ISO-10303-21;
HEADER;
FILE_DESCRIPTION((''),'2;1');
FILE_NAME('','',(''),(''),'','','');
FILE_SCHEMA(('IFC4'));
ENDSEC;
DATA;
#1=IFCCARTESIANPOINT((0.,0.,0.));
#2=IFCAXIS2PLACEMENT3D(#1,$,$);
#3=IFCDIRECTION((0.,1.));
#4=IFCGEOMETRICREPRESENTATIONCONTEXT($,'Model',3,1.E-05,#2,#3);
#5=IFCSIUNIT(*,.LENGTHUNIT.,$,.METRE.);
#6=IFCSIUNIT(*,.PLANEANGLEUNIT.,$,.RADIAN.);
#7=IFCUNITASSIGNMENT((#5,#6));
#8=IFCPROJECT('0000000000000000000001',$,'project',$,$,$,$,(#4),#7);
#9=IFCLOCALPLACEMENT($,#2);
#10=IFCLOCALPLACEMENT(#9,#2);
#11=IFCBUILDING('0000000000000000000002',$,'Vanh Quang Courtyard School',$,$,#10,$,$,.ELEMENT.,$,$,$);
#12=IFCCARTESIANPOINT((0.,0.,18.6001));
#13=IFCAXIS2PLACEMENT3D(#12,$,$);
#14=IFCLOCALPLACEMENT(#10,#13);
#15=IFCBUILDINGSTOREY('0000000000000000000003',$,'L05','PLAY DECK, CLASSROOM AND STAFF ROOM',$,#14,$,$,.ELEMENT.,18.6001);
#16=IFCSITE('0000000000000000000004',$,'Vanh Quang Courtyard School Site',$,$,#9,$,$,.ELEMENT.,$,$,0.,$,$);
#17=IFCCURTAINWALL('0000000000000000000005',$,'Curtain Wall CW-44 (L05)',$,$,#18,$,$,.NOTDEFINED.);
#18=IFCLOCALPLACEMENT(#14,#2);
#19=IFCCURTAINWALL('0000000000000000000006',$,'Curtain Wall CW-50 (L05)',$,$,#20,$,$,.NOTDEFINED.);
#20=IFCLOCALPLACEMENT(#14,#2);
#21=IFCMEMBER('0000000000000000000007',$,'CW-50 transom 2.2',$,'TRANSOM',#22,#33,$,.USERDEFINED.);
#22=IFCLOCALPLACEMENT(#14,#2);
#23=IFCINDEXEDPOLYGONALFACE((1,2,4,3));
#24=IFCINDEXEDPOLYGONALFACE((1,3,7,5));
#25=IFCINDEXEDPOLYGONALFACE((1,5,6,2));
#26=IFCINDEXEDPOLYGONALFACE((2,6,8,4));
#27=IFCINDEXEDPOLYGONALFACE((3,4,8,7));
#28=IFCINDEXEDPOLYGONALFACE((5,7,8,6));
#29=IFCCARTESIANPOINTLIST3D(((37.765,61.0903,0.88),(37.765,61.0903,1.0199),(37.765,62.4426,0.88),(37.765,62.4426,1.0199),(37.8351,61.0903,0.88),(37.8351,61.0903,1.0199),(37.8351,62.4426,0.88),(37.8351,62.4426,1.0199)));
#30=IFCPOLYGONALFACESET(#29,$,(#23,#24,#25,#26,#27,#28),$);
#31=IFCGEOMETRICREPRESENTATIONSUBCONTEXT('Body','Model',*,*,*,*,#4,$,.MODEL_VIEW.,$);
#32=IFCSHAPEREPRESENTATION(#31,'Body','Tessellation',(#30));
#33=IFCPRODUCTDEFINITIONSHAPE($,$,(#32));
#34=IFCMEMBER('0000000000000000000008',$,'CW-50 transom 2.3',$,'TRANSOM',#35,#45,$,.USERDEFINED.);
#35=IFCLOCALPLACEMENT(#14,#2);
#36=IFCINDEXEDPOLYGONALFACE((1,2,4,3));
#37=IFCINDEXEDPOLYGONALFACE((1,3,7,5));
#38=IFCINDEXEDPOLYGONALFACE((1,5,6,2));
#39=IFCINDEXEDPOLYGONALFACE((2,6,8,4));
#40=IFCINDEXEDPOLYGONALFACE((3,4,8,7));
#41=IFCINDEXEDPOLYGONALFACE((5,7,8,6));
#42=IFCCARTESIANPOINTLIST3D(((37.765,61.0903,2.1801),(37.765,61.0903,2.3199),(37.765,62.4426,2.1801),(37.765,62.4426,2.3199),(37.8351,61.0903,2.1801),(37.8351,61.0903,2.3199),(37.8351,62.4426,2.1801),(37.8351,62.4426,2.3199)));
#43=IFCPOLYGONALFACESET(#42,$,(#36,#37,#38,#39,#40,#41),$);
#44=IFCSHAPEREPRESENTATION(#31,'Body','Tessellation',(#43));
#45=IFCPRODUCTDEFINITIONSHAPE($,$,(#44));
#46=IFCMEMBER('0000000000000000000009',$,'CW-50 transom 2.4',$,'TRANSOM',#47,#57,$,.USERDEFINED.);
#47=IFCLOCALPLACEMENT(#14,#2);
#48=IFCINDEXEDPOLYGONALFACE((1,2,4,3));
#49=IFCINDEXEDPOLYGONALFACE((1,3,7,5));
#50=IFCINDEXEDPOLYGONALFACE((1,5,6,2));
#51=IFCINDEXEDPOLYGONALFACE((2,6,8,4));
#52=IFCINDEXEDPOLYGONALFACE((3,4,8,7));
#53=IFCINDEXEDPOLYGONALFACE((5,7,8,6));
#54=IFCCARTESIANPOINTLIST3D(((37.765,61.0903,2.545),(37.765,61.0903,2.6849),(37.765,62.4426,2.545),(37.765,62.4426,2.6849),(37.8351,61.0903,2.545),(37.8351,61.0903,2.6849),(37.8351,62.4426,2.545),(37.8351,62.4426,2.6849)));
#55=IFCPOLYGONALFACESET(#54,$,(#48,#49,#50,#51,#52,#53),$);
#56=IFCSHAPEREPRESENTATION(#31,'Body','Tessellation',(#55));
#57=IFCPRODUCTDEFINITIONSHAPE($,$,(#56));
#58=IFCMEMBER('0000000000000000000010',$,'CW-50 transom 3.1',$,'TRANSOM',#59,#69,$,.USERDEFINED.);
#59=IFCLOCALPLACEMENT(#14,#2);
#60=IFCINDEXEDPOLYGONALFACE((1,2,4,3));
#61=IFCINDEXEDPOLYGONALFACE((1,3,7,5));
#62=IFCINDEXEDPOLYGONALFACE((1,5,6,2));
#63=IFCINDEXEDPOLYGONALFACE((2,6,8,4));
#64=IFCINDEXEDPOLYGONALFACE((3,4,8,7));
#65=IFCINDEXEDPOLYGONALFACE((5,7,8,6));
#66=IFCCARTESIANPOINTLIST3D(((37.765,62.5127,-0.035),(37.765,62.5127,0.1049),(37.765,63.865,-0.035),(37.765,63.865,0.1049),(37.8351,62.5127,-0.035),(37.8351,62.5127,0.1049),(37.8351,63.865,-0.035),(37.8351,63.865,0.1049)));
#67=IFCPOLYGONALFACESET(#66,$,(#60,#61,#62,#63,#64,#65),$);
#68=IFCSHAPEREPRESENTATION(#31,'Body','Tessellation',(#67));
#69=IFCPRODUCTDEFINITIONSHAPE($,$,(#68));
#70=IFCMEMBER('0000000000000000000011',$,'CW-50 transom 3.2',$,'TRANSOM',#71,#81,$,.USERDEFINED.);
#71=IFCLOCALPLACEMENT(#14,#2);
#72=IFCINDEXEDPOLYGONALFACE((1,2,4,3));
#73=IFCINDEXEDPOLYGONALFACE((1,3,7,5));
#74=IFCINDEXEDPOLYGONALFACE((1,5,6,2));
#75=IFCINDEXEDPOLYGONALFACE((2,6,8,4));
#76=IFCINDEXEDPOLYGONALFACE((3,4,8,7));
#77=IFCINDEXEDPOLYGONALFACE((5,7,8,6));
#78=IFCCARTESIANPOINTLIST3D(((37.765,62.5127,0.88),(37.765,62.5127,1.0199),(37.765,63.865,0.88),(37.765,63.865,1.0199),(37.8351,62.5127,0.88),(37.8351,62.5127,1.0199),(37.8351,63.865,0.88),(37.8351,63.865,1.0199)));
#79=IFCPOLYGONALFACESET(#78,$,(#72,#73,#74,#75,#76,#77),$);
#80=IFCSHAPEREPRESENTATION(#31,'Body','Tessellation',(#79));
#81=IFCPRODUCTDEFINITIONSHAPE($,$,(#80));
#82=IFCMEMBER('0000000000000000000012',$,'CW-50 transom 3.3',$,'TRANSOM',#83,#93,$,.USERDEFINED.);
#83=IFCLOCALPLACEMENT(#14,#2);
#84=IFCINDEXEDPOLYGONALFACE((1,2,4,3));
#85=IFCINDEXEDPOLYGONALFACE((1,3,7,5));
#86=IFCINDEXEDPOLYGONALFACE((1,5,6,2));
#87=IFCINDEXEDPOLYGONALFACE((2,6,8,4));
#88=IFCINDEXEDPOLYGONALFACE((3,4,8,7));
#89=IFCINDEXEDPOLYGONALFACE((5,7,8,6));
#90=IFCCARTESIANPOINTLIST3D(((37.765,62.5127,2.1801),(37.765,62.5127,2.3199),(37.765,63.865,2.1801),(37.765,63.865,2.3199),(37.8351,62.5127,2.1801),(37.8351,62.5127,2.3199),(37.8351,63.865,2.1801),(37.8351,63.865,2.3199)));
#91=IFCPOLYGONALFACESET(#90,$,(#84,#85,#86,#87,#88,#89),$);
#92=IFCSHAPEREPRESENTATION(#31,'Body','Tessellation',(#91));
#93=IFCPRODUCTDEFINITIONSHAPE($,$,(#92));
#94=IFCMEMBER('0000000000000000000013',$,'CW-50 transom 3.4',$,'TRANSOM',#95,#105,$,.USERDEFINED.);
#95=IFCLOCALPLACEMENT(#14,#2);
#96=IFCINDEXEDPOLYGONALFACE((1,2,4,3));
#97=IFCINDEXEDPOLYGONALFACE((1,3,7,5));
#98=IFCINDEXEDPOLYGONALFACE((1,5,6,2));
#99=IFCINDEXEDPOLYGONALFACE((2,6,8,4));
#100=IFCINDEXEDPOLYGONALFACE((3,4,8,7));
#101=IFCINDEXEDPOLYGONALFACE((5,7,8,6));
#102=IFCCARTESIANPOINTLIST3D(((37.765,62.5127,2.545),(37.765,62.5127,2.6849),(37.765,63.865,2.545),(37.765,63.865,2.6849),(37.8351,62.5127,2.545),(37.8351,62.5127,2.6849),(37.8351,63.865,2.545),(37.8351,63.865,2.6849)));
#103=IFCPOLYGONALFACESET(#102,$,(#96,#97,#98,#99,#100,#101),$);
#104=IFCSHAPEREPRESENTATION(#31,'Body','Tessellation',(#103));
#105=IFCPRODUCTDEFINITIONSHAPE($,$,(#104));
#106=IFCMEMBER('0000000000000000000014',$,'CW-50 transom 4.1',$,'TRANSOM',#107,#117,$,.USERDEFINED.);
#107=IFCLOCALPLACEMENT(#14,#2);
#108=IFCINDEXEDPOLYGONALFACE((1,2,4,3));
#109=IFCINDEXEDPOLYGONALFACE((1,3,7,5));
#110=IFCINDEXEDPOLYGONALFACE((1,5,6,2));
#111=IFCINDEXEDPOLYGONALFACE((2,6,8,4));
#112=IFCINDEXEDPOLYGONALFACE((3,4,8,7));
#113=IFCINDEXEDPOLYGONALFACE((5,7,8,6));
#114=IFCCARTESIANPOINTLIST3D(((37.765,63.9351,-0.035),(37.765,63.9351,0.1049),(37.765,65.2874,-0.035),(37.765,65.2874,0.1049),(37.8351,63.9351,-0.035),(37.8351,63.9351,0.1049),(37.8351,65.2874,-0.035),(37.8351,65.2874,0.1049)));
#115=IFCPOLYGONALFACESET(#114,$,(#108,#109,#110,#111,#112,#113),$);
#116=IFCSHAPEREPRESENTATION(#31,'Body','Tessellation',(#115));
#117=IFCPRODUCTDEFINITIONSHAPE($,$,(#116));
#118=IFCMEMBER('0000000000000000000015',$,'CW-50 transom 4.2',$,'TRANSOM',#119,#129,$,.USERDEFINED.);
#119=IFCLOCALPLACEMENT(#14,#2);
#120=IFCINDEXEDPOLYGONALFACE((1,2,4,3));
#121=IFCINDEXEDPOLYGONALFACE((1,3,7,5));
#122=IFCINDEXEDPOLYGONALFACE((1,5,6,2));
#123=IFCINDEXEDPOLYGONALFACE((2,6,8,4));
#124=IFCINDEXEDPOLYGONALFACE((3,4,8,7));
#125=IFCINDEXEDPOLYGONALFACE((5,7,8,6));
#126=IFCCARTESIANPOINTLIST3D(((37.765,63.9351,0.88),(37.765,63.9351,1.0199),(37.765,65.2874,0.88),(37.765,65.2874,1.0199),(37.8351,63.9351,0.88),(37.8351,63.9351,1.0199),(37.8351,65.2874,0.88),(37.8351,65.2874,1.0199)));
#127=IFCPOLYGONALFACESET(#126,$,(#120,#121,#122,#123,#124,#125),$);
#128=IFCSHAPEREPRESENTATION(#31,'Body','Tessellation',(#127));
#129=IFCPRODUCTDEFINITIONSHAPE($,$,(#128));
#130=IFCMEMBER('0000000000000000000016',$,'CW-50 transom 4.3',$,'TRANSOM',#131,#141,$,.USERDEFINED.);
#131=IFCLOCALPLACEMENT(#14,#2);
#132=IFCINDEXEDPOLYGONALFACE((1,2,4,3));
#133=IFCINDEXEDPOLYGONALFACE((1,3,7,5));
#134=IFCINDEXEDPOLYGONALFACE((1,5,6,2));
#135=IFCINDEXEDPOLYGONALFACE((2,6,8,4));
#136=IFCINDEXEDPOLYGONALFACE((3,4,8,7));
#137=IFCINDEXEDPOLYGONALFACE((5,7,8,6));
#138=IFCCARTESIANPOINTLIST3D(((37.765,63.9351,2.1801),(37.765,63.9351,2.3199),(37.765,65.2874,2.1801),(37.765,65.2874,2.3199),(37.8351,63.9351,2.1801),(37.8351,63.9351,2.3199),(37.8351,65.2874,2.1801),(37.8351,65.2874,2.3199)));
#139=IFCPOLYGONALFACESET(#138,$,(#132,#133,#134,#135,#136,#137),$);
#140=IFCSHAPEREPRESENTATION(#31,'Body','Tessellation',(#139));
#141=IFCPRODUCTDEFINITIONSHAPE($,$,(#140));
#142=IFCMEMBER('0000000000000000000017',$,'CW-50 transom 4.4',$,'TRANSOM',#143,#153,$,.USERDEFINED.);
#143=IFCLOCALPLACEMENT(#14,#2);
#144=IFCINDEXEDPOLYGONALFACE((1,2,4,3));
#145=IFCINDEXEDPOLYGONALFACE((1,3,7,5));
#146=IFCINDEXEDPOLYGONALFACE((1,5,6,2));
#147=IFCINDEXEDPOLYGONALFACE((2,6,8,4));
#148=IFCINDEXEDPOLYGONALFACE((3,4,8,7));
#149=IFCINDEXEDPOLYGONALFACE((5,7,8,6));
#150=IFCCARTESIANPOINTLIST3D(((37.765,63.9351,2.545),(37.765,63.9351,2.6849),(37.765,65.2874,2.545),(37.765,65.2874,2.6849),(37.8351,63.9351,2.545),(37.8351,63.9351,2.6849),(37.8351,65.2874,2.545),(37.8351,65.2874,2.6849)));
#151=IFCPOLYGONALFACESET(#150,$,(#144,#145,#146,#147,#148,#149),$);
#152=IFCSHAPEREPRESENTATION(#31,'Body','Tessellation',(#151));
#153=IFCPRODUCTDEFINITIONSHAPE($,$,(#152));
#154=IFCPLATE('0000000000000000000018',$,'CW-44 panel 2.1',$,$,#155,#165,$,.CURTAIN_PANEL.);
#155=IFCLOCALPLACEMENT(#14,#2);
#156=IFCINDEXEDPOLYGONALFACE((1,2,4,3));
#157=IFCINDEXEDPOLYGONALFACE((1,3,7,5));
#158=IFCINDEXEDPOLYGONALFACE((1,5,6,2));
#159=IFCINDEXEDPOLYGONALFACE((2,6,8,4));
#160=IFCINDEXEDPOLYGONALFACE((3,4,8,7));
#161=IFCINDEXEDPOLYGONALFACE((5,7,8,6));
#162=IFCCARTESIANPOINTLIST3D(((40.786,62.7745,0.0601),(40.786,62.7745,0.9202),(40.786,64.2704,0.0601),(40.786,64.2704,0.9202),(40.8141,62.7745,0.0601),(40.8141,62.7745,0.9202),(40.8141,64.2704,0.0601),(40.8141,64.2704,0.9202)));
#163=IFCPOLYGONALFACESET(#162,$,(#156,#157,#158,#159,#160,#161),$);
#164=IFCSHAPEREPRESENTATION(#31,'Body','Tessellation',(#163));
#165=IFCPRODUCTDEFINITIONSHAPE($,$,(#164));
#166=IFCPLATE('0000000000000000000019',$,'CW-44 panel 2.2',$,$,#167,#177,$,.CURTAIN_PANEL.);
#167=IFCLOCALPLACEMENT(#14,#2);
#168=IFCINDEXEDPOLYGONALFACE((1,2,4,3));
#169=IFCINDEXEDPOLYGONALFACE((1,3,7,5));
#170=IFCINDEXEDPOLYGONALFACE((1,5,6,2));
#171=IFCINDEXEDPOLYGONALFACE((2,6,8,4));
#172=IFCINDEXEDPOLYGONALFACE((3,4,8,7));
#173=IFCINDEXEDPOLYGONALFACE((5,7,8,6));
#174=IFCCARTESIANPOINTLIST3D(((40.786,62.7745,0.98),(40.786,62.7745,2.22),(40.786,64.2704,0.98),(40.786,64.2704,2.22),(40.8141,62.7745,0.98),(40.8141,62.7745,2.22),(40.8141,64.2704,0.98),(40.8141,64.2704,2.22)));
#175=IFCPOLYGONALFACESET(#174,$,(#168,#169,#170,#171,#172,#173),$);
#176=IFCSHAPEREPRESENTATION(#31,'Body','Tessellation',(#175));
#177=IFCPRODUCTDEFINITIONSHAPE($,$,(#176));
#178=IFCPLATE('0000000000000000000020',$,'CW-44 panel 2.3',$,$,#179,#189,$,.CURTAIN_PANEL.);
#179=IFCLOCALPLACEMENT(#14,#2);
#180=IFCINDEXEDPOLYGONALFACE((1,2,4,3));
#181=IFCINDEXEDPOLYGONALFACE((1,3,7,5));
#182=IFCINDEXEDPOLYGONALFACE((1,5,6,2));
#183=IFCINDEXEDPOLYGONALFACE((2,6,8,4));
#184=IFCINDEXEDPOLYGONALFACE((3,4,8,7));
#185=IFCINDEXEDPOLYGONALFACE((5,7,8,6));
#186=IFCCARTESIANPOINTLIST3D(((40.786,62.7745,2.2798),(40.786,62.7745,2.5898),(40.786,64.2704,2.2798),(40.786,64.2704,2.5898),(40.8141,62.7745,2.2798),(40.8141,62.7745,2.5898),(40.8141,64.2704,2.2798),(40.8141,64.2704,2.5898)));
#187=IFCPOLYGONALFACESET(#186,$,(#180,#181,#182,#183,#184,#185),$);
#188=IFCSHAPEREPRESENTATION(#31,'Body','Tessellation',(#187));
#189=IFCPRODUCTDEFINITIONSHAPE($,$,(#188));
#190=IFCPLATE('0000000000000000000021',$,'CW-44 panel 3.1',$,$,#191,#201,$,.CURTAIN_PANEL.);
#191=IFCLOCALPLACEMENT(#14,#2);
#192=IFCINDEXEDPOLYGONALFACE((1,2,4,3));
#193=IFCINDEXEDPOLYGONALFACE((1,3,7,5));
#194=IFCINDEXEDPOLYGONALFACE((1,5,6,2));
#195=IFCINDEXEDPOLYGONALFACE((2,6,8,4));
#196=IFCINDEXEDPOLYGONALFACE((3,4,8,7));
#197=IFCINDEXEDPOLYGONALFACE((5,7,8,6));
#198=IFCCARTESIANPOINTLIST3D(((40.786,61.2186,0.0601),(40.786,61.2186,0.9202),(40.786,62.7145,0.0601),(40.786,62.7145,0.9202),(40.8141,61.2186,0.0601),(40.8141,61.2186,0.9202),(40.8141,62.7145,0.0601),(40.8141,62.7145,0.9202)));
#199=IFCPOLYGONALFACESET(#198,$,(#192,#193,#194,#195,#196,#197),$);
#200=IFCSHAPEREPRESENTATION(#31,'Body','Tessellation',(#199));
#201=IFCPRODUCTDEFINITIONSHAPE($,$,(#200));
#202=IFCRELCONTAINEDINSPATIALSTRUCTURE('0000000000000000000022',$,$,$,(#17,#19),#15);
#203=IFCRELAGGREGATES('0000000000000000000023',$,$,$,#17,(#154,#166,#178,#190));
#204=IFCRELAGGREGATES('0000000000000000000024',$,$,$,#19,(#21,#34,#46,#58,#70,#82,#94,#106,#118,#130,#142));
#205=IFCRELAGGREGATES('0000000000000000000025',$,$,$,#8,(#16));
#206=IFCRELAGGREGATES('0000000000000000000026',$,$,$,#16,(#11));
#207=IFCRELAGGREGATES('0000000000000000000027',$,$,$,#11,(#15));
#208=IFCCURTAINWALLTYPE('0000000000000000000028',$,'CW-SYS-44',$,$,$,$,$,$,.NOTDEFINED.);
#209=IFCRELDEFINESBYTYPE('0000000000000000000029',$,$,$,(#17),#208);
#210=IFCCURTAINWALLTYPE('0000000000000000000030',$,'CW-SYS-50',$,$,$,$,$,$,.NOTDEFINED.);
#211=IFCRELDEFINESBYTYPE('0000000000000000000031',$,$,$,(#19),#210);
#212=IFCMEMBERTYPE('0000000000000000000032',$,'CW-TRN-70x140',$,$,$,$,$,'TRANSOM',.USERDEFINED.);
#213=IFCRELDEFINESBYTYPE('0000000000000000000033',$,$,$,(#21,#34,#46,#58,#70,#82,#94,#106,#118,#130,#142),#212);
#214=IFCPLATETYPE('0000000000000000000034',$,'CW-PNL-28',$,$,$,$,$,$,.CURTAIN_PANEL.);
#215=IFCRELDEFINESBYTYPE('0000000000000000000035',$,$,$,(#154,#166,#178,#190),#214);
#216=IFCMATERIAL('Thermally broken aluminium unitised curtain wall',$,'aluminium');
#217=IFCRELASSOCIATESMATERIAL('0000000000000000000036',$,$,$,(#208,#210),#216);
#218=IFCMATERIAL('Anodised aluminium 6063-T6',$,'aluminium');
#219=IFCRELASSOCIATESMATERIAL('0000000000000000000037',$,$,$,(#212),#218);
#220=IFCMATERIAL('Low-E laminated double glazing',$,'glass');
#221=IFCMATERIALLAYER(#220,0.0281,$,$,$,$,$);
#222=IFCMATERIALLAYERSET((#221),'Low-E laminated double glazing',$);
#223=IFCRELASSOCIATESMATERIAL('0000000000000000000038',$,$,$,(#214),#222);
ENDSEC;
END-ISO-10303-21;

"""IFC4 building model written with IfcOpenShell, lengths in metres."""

from ifc_helpers import new_model, si_unit, direction, frame, origin, origin_2d, place, context, subcontext, project, spatial, rectangle, extrude, material, layer, layer_set, material_profile, profile_set, type_object, element, aggregate, save


model = new_model("IFC4")

# Units and contexts
model_context = context("Model", 3, precision=1e-05, world=origin(), true_north=direction((0.0, 1.0)))
body_context = subcontext(model_context, "Body", "Model", "MODEL_VIEW")
ifc_project = project(units=[si_unit("LENGTHUNIT", "METRE"), si_unit("PLANEANGLEUNIT", "RADIAN")], contexts=[model_context])

# Site, building, storey
site_placement = place(None, origin())
site = spatial("IfcSite", under=ifc_project, at=site_placement, Name="Vanh Quang Courtyard School Site", CompositionType="ELEMENT", RefElevation=0.0)
building_placement = place(site_placement, origin())
building = spatial("IfcBuilding", under=site, at=building_placement, Name="Vanh Quang Courtyard School", CompositionType="ELEMENT")
storey_placement = place(building_placement, frame((0.0, 0.0, 18.6001)))
storey = spatial("IfcBuildingStorey", under=building, at=storey_placement, Name="L05", Description="PLAY DECK, CLASSROOM AND STAFF ROOM", CompositionType="ELEMENT", Elevation=18.6001)

# Curtain walls
ifc_material_1 = material(Name="Thermally broken aluminium unitised curtain wall", Category="aluminium")
curtain_wall_type_1 = type_object("IfcCurtainWallType", Name="CW-SYS-44", PredefinedType="NOTDEFINED", material=ifc_material_1)
curtain_wall_1_placement = place(storey_placement, origin())
curtain_wall_1 = element("IfcCurtainWall", 1, at=curtain_wall_1_placement, inside=storey, type_object=curtain_wall_type_1, Name="Curtain Wall CW-44 (L05)", PredefinedType="NOTDEFINED")
ifc_material_2 = material(Name="Anodised aluminium 6063-T6", Category="aluminium")
curtain_wall_type_2 = type_object("IfcCurtainWallType", Name="CW-SYS-50", PredefinedType="NOTDEFINED", material=ifc_material_1)
curtain_wall_2_placement = place(storey_placement, origin())
curtain_wall_2 = element("IfcCurtainWall", 2, at=curtain_wall_2_placement, inside=storey, type_object=curtain_wall_type_2, Name="Curtain Wall CW-50 (L05)", PredefinedType="NOTDEFINED")

# Members
ifc_material_profile_1 = material_profile(ifc_material_2, rectangle(XDim=0.0701, YDim=0.1399, at=origin_2d()), Name="ALU-TRN 70x140")
ifc_profile_set_1 = profile_set([ifc_material_profile_1], Name="Anodised aluminium 6063-T6")
member_type_1 = type_object("IfcMemberType", Name="CW-TRN-70x140", ElementType="TRANSOM", PredefinedType="USERDEFINED", material=ifc_profile_set_1)
member_1_placement = place(storey_placement, frame((37.8, 61.0903, 0.95), z_axis=(0.0, 1.0, 0.0), x_axis=(-1.0, 0.0, 0.0)))
member_1 = element("IfcMember", 3, at=member_1_placement, type_object=member_type_1, Name="CW-50 transom 2.2", ObjectType="TRANSOM", PredefinedType="USERDEFINED", context=body_context, shape_type="SweptSolid", body=[
    extrude(rectangle(XDim=0.0701, YDim=0.1399, at=origin_2d()), origin(), (0.0, 0.0, 1.0), 1.3523),
])
member_2_placement = place(storey_placement, frame((37.8, 61.0903, 2.25), z_axis=(0.0, 1.0, 0.0), x_axis=(-1.0, 0.0, 0.0)))
member_2 = element("IfcMember", 4, at=member_2_placement, type_object=member_type_1, Name="CW-50 transom 2.3", ObjectType="TRANSOM", PredefinedType="USERDEFINED", context=body_context, shape_type="SweptSolid", body=[
    extrude(rectangle(XDim=0.0701, YDim=0.1399, at=origin_2d()), origin(), (0.0, 0.0, 1.0), 1.3523),
])
member_3_placement = place(storey_placement, frame((37.8, 61.0903, 2.615), z_axis=(0.0, 1.0, 0.0), x_axis=(-1.0, 0.0, 0.0)))
member_3 = element("IfcMember", 5, at=member_3_placement, type_object=member_type_1, Name="CW-50 transom 2.4", ObjectType="TRANSOM", PredefinedType="USERDEFINED", context=body_context, shape_type="SweptSolid", body=[
    extrude(rectangle(XDim=0.0701, YDim=0.1399, at=origin_2d()), origin(), (0.0, 0.0, 1.0), 1.3523),
])
member_4_placement = place(storey_placement, frame((37.8, 62.5127, 0.0349), z_axis=(0.0, 1.0, 0.0), x_axis=(-1.0, 0.0, 0.0)))
member_4 = element("IfcMember", 6, at=member_4_placement, type_object=member_type_1, Name="CW-50 transom 3.1", ObjectType="TRANSOM", PredefinedType="USERDEFINED", context=body_context, shape_type="SweptSolid", body=[
    extrude(rectangle(XDim=0.0701, YDim=0.1399, at=origin_2d()), origin(), (0.0, 0.0, 1.0), 1.3523),
])
member_5_placement = place(storey_placement, frame((37.8, 62.5127, 0.95), z_axis=(0.0, 1.0, 0.0), x_axis=(-1.0, 0.0, 0.0)))
member_5 = element("IfcMember", 7, at=member_5_placement, type_object=member_type_1, Name="CW-50 transom 3.2", ObjectType="TRANSOM", PredefinedType="USERDEFINED", context=body_context, shape_type="SweptSolid", body=[
    extrude(rectangle(XDim=0.0701, YDim=0.1399, at=origin_2d()), origin(), (0.0, 0.0, 1.0), 1.3523),
])
member_6_placement = place(storey_placement, frame((37.8, 62.5127, 2.25), z_axis=(0.0, 1.0, 0.0), x_axis=(-1.0, 0.0, 0.0)))
member_6 = element("IfcMember", 8, at=member_6_placement, type_object=member_type_1, Name="CW-50 transom 3.3", ObjectType="TRANSOM", PredefinedType="USERDEFINED", context=body_context, shape_type="SweptSolid", body=[
    extrude(rectangle(XDim=0.0701, YDim=0.1399, at=origin_2d()), origin(), (0.0, 0.0, 1.0), 1.3523),
])
member_7_placement = place(storey_placement, frame((37.8, 62.5127, 2.615), z_axis=(0.0, 1.0, 0.0), x_axis=(-1.0, 0.0, 0.0)))
member_7 = element("IfcMember", 9, at=member_7_placement, type_object=member_type_1, Name="CW-50 transom 3.4", ObjectType="TRANSOM", PredefinedType="USERDEFINED", context=body_context, shape_type="SweptSolid", body=[
    extrude(rectangle(XDim=0.0701, YDim=0.1399, at=origin_2d()), origin(), (0.0, 0.0, 1.0), 1.3523),
])
member_8_placement = place(storey_placement, frame((37.8, 63.9351, 0.0349), z_axis=(0.0, 1.0, 0.0), x_axis=(-1.0, 0.0, 0.0)))
member_8 = element("IfcMember", 10, at=member_8_placement, type_object=member_type_1, Name="CW-50 transom 4.1", ObjectType="TRANSOM", PredefinedType="USERDEFINED", context=body_context, shape_type="SweptSolid", body=[
    extrude(rectangle(XDim=0.0701, YDim=0.1399, at=origin_2d()), origin(), (0.0, 0.0, 1.0), 1.3523),
])
member_9_placement = place(storey_placement, frame((37.8, 63.9351, 0.95), z_axis=(0.0, 1.0, 0.0), x_axis=(-1.0, 0.0, 0.0)))
member_9 = element("IfcMember", 11, at=member_9_placement, type_object=member_type_1, Name="CW-50 transom 4.2", ObjectType="TRANSOM", PredefinedType="USERDEFINED", context=body_context, shape_type="SweptSolid", body=[
    extrude(rectangle(XDim=0.0701, YDim=0.1399, at=origin_2d()), origin(), (0.0, 0.0, 1.0), 1.3523),
])
member_10_placement = place(storey_placement, frame((37.8, 63.9351, 2.25), z_axis=(0.0, 1.0, 0.0), x_axis=(-1.0, 0.0, 0.0)))
member_10 = element("IfcMember", 12, at=member_10_placement, type_object=member_type_1, Name="CW-50 transom 4.3", ObjectType="TRANSOM", PredefinedType="USERDEFINED", context=body_context, shape_type="SweptSolid", body=[
    extrude(rectangle(XDim=0.0701, YDim=0.1399, at=origin_2d()), origin(), (0.0, 0.0, 1.0), 1.3523),
])
member_11_placement = place(storey_placement, frame((37.8, 63.9351, 2.615), z_axis=(0.0, 1.0, 0.0), x_axis=(-1.0, 0.0, 0.0)))
member_11 = element("IfcMember", 13, at=member_11_placement, type_object=member_type_1, Name="CW-50 transom 4.4", ObjectType="TRANSOM", PredefinedType="USERDEFINED", context=body_context, shape_type="SweptSolid", body=[
    extrude(rectangle(XDim=0.0701, YDim=0.1399, at=origin_2d()), origin(), (0.0, 0.0, 1.0), 1.3523),
])

# Plates
ifc_material_3 = material(Name="Low-E laminated double glazing", Category="glass")
ifc_layer_1 = layer(ifc_material_3, 0.0281)
ifc_layer_set_1 = layer_set([ifc_layer_1], Name="Low-E laminated double glazing")
plate_type_1 = type_object("IfcPlateType", Name="CW-PNL-28", PredefinedType="CURTAIN_PANEL", material=ifc_layer_set_1)
plate_1_placement = place(storey_placement, frame((40.8, 63.5225, 0.0601), z_axis=(0.0, 0.0, 1.0), x_axis=(0.0, -1.0, 0.0)))
plate_1 = element("IfcPlate", 14, at=plate_1_placement, type_object=plate_type_1, Name="CW-44 panel 2.1", PredefinedType="CURTAIN_PANEL", context=body_context, shape_type="SweptSolid", body=[
    extrude(rectangle(XDim=1.4958, YDim=0.0281, at=origin_2d()), origin(), (0.0, 0.0, 1.0), 0.8601),
])
plate_2_placement = place(storey_placement, frame((40.8, 63.5225, 0.98), z_axis=(0.0, 0.0, 1.0), x_axis=(0.0, -1.0, 0.0)))
plate_2 = element("IfcPlate", 15, at=plate_2_placement, type_object=plate_type_1, Name="CW-44 panel 2.2", PredefinedType="CURTAIN_PANEL", context=body_context, shape_type="SweptSolid", body=[
    extrude(rectangle(XDim=1.4958, YDim=0.0281, at=origin_2d()), origin(), (0.0, 0.0, 1.0), 1.24),
])
plate_3_placement = place(storey_placement, frame((40.8, 63.5225, 2.2798), z_axis=(0.0, 0.0, 1.0), x_axis=(0.0, -1.0, 0.0)))
plate_3 = element("IfcPlate", 16, at=plate_3_placement, type_object=plate_type_1, Name="CW-44 panel 2.3", PredefinedType="CURTAIN_PANEL", context=body_context, shape_type="SweptSolid", body=[
    extrude(rectangle(XDim=1.4958, YDim=0.0281, at=origin_2d()), origin(), (0.0, 0.0, 1.0), 0.3101),
])
plate_4_placement = place(storey_placement, frame((40.8, 61.9666, 0.0601), z_axis=(0.0, 0.0, 1.0), x_axis=(0.0, -1.0, 0.0)))
plate_4 = element("IfcPlate", 17, at=plate_4_placement, type_object=plate_type_1, Name="CW-44 panel 3.1", PredefinedType="CURTAIN_PANEL", context=body_context, shape_type="SweptSolid", body=[
    extrude(rectangle(XDim=1.4958, YDim=0.0281, at=origin_2d()), origin(), (0.0, 0.0, 1.0), 0.8601),
])
aggregate(curtain_wall_1, [plate_1, plate_2, plate_3, plate_4])
aggregate(curtain_wall_2, [member_1, member_2, member_3, member_4, member_5, member_6, member_7, member_8, member_9, member_10, member_11])

save(model, "model.ifc")
